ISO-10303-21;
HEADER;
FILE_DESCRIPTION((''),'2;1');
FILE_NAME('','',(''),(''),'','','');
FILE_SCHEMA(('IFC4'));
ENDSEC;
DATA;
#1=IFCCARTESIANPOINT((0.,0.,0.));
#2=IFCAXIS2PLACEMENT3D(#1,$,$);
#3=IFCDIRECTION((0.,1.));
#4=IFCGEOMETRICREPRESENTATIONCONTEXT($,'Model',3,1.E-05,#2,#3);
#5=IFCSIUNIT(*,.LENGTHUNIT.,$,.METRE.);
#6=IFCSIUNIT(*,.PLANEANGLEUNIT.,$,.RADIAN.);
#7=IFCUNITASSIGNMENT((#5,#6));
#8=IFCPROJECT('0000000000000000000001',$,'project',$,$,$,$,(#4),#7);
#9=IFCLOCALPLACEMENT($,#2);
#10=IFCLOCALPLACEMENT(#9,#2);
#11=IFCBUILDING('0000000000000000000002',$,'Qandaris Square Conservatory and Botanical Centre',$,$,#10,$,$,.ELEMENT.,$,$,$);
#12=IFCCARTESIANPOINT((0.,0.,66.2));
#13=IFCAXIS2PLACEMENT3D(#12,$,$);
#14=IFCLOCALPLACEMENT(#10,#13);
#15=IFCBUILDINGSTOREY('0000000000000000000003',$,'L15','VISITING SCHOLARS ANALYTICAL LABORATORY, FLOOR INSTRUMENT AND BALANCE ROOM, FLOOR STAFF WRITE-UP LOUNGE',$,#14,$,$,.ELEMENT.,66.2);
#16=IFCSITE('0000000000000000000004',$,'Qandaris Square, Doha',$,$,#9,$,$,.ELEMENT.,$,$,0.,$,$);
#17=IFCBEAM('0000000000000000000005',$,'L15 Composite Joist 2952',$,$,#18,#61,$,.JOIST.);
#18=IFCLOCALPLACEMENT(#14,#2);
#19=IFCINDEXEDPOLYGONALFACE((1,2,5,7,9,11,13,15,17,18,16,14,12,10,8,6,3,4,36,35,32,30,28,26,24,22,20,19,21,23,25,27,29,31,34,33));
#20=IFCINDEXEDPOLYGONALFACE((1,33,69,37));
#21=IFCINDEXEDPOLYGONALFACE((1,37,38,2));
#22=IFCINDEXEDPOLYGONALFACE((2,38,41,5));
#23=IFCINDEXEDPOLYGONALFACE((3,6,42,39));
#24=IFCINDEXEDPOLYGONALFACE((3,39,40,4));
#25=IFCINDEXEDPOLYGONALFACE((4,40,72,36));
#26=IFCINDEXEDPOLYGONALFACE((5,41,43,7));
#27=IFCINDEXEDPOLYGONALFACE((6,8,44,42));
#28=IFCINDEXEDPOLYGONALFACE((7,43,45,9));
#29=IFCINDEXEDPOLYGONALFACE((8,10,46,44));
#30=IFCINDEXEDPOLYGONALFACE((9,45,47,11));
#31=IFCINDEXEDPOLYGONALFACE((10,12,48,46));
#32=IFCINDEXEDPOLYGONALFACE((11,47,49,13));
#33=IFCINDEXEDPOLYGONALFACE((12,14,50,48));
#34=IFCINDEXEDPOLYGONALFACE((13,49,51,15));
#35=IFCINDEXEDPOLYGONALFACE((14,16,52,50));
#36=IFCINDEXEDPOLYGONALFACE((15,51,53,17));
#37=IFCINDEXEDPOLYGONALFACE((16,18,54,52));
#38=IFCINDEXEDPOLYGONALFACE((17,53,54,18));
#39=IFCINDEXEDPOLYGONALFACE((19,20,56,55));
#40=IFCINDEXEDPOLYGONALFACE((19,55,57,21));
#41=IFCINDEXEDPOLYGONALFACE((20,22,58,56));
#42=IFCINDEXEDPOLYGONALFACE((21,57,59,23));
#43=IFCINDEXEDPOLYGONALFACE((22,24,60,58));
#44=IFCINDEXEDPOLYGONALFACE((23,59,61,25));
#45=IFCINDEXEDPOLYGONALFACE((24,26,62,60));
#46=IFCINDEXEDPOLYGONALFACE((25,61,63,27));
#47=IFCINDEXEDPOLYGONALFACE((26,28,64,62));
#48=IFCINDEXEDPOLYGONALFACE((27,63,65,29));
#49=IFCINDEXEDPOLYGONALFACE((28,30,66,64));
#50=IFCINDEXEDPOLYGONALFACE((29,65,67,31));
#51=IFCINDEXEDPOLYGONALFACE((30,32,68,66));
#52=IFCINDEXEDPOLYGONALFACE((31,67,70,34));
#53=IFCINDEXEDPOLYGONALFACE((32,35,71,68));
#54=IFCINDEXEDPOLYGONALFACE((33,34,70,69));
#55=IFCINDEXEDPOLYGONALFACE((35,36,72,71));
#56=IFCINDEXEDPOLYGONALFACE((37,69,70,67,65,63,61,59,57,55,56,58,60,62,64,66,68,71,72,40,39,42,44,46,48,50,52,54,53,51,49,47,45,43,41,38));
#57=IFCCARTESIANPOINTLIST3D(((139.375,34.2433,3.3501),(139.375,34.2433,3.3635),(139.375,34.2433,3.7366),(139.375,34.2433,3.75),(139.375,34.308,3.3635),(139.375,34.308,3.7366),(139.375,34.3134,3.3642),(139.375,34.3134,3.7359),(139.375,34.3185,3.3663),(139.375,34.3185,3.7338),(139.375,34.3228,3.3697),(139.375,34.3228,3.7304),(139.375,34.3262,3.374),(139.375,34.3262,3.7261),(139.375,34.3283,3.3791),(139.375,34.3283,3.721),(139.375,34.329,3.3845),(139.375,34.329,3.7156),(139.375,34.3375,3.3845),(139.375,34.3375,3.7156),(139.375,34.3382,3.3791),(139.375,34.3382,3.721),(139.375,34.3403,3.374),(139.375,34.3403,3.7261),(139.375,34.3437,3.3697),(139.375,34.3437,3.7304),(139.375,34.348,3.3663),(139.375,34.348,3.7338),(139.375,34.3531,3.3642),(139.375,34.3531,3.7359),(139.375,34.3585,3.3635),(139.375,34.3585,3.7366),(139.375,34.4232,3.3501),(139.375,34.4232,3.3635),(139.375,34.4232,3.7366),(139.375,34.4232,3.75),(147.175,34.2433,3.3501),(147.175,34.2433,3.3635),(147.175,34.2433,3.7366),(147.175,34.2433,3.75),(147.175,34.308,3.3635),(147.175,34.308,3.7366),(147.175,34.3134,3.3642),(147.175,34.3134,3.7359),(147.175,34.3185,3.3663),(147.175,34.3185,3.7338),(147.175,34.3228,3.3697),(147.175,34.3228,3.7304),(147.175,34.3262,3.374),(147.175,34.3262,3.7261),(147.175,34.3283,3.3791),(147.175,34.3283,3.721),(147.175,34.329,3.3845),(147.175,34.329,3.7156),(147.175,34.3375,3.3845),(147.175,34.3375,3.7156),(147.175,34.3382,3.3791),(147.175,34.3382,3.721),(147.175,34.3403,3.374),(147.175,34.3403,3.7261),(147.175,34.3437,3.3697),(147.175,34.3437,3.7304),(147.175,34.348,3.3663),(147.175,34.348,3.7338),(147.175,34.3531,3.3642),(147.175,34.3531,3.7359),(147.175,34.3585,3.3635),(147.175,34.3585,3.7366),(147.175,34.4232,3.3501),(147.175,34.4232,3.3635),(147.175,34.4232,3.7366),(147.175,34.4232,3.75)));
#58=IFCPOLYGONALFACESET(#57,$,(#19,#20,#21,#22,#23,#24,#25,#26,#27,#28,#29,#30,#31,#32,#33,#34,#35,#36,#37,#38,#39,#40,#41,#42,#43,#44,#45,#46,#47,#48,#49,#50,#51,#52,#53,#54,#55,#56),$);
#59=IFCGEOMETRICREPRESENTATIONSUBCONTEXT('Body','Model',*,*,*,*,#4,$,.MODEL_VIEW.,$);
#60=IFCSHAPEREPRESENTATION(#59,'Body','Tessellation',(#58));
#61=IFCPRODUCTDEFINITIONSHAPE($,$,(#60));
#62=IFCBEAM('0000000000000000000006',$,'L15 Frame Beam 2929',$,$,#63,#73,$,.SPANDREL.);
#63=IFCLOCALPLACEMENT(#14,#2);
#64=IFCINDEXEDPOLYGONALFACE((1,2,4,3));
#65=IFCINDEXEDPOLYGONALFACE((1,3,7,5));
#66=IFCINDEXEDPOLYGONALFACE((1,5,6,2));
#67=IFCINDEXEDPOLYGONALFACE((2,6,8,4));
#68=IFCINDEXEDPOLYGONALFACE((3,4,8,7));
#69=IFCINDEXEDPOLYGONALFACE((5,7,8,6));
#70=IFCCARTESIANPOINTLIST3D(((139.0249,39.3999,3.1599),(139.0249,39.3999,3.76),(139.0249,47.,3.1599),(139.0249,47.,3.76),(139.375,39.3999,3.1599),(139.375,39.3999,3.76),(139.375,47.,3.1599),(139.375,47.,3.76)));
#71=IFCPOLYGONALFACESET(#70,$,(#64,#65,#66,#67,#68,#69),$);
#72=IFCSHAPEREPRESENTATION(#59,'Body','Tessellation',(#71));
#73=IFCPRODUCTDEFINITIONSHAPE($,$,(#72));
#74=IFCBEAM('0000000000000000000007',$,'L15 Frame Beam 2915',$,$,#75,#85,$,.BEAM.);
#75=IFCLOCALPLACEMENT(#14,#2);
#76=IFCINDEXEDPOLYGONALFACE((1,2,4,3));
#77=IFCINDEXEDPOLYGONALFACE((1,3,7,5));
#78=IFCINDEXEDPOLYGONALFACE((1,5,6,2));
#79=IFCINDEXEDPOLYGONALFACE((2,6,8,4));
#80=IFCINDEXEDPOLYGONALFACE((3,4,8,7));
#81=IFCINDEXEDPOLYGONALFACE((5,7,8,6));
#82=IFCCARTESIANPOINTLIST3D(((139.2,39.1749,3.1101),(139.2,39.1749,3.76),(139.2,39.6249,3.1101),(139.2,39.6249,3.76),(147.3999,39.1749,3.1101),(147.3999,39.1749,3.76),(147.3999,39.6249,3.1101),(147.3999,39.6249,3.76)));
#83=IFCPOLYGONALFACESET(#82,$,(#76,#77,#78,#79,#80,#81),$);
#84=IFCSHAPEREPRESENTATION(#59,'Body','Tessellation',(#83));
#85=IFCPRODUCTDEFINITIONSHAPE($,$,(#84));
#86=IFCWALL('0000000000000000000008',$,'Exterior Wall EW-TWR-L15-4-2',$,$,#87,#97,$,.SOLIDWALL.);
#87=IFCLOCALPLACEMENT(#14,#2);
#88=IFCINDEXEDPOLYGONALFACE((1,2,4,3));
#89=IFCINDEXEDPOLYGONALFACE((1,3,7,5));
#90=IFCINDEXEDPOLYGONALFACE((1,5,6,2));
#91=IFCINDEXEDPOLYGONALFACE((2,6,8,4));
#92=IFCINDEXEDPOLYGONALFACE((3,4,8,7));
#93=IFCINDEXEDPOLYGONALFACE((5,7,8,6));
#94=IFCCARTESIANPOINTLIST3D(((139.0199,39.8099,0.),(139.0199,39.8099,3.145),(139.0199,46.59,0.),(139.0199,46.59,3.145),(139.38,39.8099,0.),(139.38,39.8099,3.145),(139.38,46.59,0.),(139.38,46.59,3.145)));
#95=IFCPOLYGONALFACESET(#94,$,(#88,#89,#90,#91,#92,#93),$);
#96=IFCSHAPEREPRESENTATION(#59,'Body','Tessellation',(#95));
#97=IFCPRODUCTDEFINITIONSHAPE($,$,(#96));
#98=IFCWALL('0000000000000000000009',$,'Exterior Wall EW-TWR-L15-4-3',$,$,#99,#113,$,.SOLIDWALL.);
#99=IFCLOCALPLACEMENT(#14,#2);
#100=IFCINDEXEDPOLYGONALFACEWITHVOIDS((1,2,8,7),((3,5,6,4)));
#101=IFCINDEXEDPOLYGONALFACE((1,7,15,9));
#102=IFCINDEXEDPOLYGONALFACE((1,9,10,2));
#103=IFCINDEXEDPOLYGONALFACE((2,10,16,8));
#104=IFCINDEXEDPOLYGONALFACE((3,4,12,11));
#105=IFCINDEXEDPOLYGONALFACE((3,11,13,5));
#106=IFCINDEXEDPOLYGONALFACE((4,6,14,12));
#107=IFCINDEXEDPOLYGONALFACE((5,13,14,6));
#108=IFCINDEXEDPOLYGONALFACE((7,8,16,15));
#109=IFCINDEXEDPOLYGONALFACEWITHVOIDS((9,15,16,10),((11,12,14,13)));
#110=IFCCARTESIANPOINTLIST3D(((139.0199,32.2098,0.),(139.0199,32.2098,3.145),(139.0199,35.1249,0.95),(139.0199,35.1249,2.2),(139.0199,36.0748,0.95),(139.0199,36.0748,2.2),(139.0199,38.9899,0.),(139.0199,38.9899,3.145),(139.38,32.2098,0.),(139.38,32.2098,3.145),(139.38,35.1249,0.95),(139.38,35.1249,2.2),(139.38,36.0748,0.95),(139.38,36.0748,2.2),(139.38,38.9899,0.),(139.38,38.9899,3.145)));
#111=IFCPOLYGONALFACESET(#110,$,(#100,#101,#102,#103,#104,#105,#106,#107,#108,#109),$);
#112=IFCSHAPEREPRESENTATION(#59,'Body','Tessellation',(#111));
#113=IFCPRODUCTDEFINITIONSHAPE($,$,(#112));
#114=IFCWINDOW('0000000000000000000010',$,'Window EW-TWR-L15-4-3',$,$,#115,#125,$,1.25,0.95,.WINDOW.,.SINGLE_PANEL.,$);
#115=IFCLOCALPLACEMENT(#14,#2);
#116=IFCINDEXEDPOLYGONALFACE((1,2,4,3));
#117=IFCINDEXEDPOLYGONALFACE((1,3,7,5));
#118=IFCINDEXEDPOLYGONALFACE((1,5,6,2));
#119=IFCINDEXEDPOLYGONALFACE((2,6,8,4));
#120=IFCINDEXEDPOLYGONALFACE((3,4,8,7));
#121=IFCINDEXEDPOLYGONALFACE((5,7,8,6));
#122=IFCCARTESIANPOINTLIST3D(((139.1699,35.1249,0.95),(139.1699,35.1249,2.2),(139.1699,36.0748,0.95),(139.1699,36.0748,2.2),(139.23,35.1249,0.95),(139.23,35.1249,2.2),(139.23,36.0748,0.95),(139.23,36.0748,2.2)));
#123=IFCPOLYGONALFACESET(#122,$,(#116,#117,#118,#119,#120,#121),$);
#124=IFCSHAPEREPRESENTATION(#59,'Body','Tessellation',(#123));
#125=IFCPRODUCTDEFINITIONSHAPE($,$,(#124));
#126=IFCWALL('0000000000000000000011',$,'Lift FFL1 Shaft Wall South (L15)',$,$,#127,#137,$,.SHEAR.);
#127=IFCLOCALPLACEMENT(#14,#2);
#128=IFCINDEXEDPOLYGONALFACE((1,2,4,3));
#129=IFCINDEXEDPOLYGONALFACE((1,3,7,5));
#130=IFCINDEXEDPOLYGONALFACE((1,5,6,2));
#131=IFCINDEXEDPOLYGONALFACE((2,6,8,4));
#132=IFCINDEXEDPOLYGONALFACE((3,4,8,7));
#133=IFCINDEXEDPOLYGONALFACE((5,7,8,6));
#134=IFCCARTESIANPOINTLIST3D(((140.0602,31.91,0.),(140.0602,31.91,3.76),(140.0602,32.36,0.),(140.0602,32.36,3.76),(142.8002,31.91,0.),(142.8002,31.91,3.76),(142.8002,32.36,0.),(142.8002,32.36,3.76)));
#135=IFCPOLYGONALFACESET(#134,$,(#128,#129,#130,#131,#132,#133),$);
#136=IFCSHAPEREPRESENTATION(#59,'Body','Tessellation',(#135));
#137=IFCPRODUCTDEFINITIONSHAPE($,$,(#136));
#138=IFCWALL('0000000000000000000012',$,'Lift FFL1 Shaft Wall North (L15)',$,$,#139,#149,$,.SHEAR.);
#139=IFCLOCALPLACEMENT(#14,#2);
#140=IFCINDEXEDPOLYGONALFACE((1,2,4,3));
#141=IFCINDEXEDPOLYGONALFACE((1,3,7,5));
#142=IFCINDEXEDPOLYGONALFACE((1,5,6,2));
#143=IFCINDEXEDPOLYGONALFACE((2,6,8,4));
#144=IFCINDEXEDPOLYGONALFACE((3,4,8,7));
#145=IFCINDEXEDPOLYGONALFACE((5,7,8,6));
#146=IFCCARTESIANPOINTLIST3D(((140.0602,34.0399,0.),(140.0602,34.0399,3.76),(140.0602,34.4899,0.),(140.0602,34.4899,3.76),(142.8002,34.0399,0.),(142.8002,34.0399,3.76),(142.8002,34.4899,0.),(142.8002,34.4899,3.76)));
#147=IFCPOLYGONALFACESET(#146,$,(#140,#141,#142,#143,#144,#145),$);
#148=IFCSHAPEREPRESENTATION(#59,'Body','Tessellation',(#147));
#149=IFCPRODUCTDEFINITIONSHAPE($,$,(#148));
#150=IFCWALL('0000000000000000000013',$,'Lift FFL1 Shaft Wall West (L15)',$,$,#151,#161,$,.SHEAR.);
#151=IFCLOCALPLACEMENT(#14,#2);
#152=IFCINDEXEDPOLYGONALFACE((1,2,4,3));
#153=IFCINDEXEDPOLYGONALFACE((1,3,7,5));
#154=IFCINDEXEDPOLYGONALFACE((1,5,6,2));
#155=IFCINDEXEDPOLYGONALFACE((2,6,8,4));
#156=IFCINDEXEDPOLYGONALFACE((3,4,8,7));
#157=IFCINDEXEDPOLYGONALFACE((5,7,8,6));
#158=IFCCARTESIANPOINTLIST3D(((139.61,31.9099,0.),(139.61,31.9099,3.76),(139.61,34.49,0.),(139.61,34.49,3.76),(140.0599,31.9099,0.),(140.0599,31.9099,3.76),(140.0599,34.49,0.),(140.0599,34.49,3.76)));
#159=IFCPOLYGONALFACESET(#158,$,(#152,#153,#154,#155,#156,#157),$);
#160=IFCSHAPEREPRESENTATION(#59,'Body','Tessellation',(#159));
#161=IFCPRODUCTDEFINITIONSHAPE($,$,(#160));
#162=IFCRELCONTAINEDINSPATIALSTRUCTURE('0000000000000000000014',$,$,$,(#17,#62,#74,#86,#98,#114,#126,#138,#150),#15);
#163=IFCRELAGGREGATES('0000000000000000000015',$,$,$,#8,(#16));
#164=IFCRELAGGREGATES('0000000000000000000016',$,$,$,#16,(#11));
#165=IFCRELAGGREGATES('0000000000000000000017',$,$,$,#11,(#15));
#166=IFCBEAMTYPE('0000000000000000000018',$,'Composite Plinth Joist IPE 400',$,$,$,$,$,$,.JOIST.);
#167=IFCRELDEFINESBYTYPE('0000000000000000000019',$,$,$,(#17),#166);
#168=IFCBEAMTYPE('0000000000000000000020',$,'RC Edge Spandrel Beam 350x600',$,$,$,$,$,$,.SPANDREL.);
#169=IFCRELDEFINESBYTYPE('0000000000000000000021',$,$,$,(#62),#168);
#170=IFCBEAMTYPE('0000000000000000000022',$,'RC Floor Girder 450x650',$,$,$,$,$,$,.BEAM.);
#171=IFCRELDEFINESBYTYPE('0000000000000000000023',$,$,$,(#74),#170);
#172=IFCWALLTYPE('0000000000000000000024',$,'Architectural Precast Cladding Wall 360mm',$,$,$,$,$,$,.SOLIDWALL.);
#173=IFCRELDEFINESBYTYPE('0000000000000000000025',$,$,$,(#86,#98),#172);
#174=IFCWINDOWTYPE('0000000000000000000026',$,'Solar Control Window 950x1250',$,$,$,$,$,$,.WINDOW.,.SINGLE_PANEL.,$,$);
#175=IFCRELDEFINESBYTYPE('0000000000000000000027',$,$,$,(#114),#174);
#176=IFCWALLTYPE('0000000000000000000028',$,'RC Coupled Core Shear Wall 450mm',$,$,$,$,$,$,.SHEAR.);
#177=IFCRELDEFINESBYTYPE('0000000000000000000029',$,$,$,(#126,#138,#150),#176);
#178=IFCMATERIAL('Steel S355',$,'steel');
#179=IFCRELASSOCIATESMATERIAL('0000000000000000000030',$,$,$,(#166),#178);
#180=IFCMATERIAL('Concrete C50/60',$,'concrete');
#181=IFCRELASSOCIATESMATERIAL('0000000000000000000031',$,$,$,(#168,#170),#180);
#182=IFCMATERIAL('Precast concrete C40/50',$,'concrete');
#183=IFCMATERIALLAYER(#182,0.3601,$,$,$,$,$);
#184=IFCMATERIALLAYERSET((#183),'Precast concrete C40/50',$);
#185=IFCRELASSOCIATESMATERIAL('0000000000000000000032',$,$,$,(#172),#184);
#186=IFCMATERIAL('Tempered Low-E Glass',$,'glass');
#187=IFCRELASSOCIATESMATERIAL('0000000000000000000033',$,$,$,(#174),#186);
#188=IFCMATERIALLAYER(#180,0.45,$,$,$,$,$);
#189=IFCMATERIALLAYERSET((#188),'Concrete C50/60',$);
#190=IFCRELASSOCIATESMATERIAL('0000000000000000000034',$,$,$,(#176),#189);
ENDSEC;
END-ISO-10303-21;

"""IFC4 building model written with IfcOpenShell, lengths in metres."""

from ifc_helpers import new_model, si_unit, direction, frame, frame_2d, origin, origin_2d, place, context, subcontext, project, spatial, rectangle, i_section, extrude, material, layer, layer_set, material_profile, profile_set, type_object, element, fill, save


model = new_model("IFC4")

# Units and contexts
model_context = context("Model", 3, precision=1e-05, world=origin(), true_north=direction((0.0, 1.0)))
body_context = subcontext(model_context, "Body", "Model", "MODEL_VIEW")
ifc_project = project(units=[si_unit("LENGTHUNIT", "METRE"), si_unit("PLANEANGLEUNIT", "RADIAN")], contexts=[model_context])

# Site, building, storey
site_placement = place(None, origin())
site = spatial("IfcSite", under=ifc_project, at=site_placement, Name="Qandaris Square, Doha", CompositionType="ELEMENT", RefElevation=0.0)
building_placement = place(site_placement, origin())
building = spatial("IfcBuilding", under=site, at=building_placement, Name="Qandaris Square Conservatory and Botanical Centre", CompositionType="ELEMENT")
storey_placement = place(building_placement, frame((0.0, 0.0, 66.2)))
storey = spatial("IfcBuildingStorey", under=building, at=storey_placement, Name="L15", Description="VISITING SCHOLARS ANALYTICAL LABORATORY, FLOOR INSTRUMENT AND BALANCE ROOM, FLOOR STAFF WRITE-UP LOUNGE", CompositionType="ELEMENT", Elevation=66.2)

# Beams
ifc_material_1 = material(Name="Steel S355", Category="steel")
ifc_material_profile_1 = material_profile(ifc_material_1, i_section(OverallWidth=0.1799, OverallDepth=0.3999, WebThickness=0.0085, FlangeThickness=0.0134, FilletRadius=0.021, at=origin_2d()), Name="IPE 400")
ifc_profile_set_1 = profile_set([ifc_material_profile_1], Name="Steel S355")
beam_type_1 = type_object("IfcBeamType", Name="Composite Plinth Joist IPE 400", PredefinedType="JOIST", material=ifc_profile_set_1)
beam_1_placement = place(storey_placement, frame((139.375, 34.3333, 3.55), z_axis=(1.0, 0.0, 0.0), x_axis=(0.0, 1.0, 0.0)))
element("IfcBeam", 1, at=beam_1_placement, inside=storey, type_object=beam_type_1, Name="L15 Composite Joist 2952", PredefinedType="JOIST", context=body_context, shape_type="SweptSolid", body=[
    extrude(i_section(OverallWidth=0.1799, OverallDepth=0.3999, WebThickness=0.0085, FlangeThickness=0.0134, FilletRadius=0.021, at=origin_2d()), origin(), (0.0, 0.0, 1.0), 7.8),
])
ifc_material_2 = material(Name="Concrete C50/60", Category="concrete")
ifc_material_profile_2 = material_profile(ifc_material_2, rectangle(XDim=0.3501, YDim=0.6001, at=origin_2d()), Name="RC-SP 350x600")
ifc_profile_set_2 = profile_set([ifc_material_profile_2], Name="Concrete C50/60")
beam_type_2 = type_object("IfcBeamType", Name="RC Edge Spandrel Beam 350x600", PredefinedType="SPANDREL", material=ifc_profile_set_2)
beam_2_placement = place(storey_placement, frame((139.2, 39.3999, 3.46), z_axis=(0.0, 1.0, 0.0), x_axis=(-1.0, 0.0, 0.0)))
element("IfcBeam", 2, at=beam_2_placement, inside=storey, type_object=beam_type_2, Name="L15 Frame Beam 2929", PredefinedType="SPANDREL", context=body_context, shape_type="SweptSolid", body=[
    extrude(rectangle(XDim=0.3501, YDim=0.6001, at=origin_2d()), origin(), (0.0, 0.0, 1.0), 7.6001),
])
ifc_material_profile_3 = material_profile(ifc_material_2, rectangle(XDim=0.45, YDim=0.6499, at=origin_2d()), Name="RC-BM 450x650")
ifc_profile_set_3 = profile_set([ifc_material_profile_3], Name="Concrete C50/60")
beam_type_3 = type_object("IfcBeamType", Name="RC Floor Girder 450x650", PredefinedType="BEAM", material=ifc_profile_set_3)
beam_3_placement = place(storey_placement, frame((139.2, 39.3999, 3.4351), z_axis=(1.0, 0.0, 0.0), x_axis=(0.0, 1.0, 0.0)))
element("IfcBeam", 3, at=beam_3_placement, inside=storey, type_object=beam_type_3, Name="L15 Frame Beam 2915", PredefinedType="BEAM", context=body_context, shape_type="SweptSolid", body=[
    extrude(rectangle(XDim=0.45, YDim=0.6499, at=origin_2d()), origin(), (0.0, 0.0, 1.0), 8.2),
])

# Wall
ifc_material_3 = material(Name="Precast concrete C40/50", Category="concrete")
ifc_layer_1 = layer(ifc_material_3, 0.3601)
ifc_layer_set_1 = layer_set([ifc_layer_1], Name="Precast concrete C40/50")
wall_type_1 = type_object("IfcWallType", Name="Architectural Precast Cladding Wall 360mm", PredefinedType="SOLIDWALL", material=ifc_layer_set_1)
wall_1_placement = place(storey_placement, frame((139.2, 46.5901, 0.0), z_axis=(0.0, 0.0, 1.0), x_axis=(0.0, -1.0, 0.0)))
element("IfcWall", 4, at=wall_1_placement, inside=storey, type_object=wall_type_1, Name="Exterior Wall EW-TWR-L15-4-2", PredefinedType="SOLIDWALL", context=body_context, shape_type="SweptSolid", body=[
    extrude(rectangle(XDim=6.78, YDim=0.3601, at=frame_2d((3.3901, 0.0))), origin(), (0.0, 0.0, 1.0), 3.145),
])

# Wall, opening, window
wall_2_placement = place(storey_placement, frame((139.2, 38.99, 0.0), z_axis=(0.0, 0.0, 1.0), x_axis=(0.0, -1.0, 0.0)))
wall_2 = element("IfcWall", 5, at=wall_2_placement, inside=storey, type_object=wall_type_1, Name="Exterior Wall EW-TWR-L15-4-3", PredefinedType="SOLIDWALL", context=body_context, shape_type="SweptSolid", body=[
    extrude(rectangle(XDim=6.78, YDim=0.3601, at=frame_2d((3.3901, 0.0))), origin(), (0.0, 0.0, 1.0), 3.145),
])
opening_1_placement = place(wall_2_placement, frame((2.915, 0.0, 0.95)))
opening_1 = element("IfcOpeningElement", 6, at=opening_1_placement, cuts=wall_2, PredefinedType="OPENING", context=body_context, shape_type="SweptSolid", body=[
    extrude(rectangle(XDim=0.95, YDim=1.25, at=frame_2d((0.4751, 0.625))), frame((0.0, 0.1919, 0.0), z_axis=(0.0, -1.0, 0.0), x_axis=(1.0, 0.0, 0.0)), (0.0, 0.0, 1.0), 0.384),
])
ifc_material_4 = material(Name="Tempered Low-E Glass", Category="glass")
window_type = type_object("IfcWindowType", Name="Solar Control Window 950x1250", PartitioningType="SINGLE_PANEL", PredefinedType="WINDOW", material=ifc_material_4)
window_placement = place(opening_1_placement, origin())
window = element("IfcWindow", 7, at=window_placement, inside=storey, type_object=window_type, Name="Window EW-TWR-L15-4-3", OverallHeight=1.25, OverallWidth=0.95, PartitioningType="SINGLE_PANEL", PredefinedType="WINDOW", context=body_context, shape_type="SweptSolid", body=[
    extrude(rectangle(XDim=0.95, YDim=1.25, at=frame_2d((0.4751, 0.625))), frame((0.0, 0.03, 0.0), z_axis=(0.0, -1.0, 0.0), x_axis=(1.0, 0.0, 0.0)), (0.0, 0.0, 1.0), 0.0601),
])
fill(opening_1, window)

# Walls
ifc_layer_2 = layer(ifc_material_2, 0.45)
ifc_layer_set_2 = layer_set([ifc_layer_2], Name="Concrete C50/60")
wall_type_2 = type_object("IfcWallType", Name="RC Coupled Core Shear Wall 450mm", PredefinedType="SHEAR", material=ifc_layer_set_2)
for number, where, z_axis, x_axis, name in (
    (8, (140.0601, 32.135, 0.0), (0.0, 0.0, 1.0), (1.0, 0.0, 0.0), "Lift FFL1 Shaft Wall South (L15)"),
    (9, (140.0601, 34.2649, 0.0), (0.0, 0.0, 1.0), (1.0, 0.0, 0.0), "Lift FFL1 Shaft Wall North (L15)"),
):
    element("IfcWall", number, at=place(storey_placement, frame(where, z_axis=z_axis, x_axis=x_axis)), inside=storey, type_object=wall_type_2, Name=name, PredefinedType="SHEAR", context=body_context, shape_type="SweptSolid", body=[
        extrude(rectangle(XDim=2.74, YDim=0.45, at=frame_2d((1.3701, 0.0))), origin(), (0.0, 0.0, 1.0), 3.76),
    ])
wall_3_placement = place(storey_placement, frame((139.835, 31.9099, 0.0), z_axis=(0.0, 0.0, 1.0), x_axis=(0.0, 1.0, 0.0)))
element("IfcWall", 10, at=wall_3_placement, inside=storey, type_object=wall_type_2, Name="Lift FFL1 Shaft Wall West (L15)", PredefinedType="SHEAR", context=body_context, shape_type="SweptSolid", body=[
    extrude(rectangle(XDim=2.5801, YDim=0.45, at=frame_2d((1.29, 0.0))), origin(), (0.0, 0.0, 1.0), 3.76),
])

save(model, "model.ifc")
